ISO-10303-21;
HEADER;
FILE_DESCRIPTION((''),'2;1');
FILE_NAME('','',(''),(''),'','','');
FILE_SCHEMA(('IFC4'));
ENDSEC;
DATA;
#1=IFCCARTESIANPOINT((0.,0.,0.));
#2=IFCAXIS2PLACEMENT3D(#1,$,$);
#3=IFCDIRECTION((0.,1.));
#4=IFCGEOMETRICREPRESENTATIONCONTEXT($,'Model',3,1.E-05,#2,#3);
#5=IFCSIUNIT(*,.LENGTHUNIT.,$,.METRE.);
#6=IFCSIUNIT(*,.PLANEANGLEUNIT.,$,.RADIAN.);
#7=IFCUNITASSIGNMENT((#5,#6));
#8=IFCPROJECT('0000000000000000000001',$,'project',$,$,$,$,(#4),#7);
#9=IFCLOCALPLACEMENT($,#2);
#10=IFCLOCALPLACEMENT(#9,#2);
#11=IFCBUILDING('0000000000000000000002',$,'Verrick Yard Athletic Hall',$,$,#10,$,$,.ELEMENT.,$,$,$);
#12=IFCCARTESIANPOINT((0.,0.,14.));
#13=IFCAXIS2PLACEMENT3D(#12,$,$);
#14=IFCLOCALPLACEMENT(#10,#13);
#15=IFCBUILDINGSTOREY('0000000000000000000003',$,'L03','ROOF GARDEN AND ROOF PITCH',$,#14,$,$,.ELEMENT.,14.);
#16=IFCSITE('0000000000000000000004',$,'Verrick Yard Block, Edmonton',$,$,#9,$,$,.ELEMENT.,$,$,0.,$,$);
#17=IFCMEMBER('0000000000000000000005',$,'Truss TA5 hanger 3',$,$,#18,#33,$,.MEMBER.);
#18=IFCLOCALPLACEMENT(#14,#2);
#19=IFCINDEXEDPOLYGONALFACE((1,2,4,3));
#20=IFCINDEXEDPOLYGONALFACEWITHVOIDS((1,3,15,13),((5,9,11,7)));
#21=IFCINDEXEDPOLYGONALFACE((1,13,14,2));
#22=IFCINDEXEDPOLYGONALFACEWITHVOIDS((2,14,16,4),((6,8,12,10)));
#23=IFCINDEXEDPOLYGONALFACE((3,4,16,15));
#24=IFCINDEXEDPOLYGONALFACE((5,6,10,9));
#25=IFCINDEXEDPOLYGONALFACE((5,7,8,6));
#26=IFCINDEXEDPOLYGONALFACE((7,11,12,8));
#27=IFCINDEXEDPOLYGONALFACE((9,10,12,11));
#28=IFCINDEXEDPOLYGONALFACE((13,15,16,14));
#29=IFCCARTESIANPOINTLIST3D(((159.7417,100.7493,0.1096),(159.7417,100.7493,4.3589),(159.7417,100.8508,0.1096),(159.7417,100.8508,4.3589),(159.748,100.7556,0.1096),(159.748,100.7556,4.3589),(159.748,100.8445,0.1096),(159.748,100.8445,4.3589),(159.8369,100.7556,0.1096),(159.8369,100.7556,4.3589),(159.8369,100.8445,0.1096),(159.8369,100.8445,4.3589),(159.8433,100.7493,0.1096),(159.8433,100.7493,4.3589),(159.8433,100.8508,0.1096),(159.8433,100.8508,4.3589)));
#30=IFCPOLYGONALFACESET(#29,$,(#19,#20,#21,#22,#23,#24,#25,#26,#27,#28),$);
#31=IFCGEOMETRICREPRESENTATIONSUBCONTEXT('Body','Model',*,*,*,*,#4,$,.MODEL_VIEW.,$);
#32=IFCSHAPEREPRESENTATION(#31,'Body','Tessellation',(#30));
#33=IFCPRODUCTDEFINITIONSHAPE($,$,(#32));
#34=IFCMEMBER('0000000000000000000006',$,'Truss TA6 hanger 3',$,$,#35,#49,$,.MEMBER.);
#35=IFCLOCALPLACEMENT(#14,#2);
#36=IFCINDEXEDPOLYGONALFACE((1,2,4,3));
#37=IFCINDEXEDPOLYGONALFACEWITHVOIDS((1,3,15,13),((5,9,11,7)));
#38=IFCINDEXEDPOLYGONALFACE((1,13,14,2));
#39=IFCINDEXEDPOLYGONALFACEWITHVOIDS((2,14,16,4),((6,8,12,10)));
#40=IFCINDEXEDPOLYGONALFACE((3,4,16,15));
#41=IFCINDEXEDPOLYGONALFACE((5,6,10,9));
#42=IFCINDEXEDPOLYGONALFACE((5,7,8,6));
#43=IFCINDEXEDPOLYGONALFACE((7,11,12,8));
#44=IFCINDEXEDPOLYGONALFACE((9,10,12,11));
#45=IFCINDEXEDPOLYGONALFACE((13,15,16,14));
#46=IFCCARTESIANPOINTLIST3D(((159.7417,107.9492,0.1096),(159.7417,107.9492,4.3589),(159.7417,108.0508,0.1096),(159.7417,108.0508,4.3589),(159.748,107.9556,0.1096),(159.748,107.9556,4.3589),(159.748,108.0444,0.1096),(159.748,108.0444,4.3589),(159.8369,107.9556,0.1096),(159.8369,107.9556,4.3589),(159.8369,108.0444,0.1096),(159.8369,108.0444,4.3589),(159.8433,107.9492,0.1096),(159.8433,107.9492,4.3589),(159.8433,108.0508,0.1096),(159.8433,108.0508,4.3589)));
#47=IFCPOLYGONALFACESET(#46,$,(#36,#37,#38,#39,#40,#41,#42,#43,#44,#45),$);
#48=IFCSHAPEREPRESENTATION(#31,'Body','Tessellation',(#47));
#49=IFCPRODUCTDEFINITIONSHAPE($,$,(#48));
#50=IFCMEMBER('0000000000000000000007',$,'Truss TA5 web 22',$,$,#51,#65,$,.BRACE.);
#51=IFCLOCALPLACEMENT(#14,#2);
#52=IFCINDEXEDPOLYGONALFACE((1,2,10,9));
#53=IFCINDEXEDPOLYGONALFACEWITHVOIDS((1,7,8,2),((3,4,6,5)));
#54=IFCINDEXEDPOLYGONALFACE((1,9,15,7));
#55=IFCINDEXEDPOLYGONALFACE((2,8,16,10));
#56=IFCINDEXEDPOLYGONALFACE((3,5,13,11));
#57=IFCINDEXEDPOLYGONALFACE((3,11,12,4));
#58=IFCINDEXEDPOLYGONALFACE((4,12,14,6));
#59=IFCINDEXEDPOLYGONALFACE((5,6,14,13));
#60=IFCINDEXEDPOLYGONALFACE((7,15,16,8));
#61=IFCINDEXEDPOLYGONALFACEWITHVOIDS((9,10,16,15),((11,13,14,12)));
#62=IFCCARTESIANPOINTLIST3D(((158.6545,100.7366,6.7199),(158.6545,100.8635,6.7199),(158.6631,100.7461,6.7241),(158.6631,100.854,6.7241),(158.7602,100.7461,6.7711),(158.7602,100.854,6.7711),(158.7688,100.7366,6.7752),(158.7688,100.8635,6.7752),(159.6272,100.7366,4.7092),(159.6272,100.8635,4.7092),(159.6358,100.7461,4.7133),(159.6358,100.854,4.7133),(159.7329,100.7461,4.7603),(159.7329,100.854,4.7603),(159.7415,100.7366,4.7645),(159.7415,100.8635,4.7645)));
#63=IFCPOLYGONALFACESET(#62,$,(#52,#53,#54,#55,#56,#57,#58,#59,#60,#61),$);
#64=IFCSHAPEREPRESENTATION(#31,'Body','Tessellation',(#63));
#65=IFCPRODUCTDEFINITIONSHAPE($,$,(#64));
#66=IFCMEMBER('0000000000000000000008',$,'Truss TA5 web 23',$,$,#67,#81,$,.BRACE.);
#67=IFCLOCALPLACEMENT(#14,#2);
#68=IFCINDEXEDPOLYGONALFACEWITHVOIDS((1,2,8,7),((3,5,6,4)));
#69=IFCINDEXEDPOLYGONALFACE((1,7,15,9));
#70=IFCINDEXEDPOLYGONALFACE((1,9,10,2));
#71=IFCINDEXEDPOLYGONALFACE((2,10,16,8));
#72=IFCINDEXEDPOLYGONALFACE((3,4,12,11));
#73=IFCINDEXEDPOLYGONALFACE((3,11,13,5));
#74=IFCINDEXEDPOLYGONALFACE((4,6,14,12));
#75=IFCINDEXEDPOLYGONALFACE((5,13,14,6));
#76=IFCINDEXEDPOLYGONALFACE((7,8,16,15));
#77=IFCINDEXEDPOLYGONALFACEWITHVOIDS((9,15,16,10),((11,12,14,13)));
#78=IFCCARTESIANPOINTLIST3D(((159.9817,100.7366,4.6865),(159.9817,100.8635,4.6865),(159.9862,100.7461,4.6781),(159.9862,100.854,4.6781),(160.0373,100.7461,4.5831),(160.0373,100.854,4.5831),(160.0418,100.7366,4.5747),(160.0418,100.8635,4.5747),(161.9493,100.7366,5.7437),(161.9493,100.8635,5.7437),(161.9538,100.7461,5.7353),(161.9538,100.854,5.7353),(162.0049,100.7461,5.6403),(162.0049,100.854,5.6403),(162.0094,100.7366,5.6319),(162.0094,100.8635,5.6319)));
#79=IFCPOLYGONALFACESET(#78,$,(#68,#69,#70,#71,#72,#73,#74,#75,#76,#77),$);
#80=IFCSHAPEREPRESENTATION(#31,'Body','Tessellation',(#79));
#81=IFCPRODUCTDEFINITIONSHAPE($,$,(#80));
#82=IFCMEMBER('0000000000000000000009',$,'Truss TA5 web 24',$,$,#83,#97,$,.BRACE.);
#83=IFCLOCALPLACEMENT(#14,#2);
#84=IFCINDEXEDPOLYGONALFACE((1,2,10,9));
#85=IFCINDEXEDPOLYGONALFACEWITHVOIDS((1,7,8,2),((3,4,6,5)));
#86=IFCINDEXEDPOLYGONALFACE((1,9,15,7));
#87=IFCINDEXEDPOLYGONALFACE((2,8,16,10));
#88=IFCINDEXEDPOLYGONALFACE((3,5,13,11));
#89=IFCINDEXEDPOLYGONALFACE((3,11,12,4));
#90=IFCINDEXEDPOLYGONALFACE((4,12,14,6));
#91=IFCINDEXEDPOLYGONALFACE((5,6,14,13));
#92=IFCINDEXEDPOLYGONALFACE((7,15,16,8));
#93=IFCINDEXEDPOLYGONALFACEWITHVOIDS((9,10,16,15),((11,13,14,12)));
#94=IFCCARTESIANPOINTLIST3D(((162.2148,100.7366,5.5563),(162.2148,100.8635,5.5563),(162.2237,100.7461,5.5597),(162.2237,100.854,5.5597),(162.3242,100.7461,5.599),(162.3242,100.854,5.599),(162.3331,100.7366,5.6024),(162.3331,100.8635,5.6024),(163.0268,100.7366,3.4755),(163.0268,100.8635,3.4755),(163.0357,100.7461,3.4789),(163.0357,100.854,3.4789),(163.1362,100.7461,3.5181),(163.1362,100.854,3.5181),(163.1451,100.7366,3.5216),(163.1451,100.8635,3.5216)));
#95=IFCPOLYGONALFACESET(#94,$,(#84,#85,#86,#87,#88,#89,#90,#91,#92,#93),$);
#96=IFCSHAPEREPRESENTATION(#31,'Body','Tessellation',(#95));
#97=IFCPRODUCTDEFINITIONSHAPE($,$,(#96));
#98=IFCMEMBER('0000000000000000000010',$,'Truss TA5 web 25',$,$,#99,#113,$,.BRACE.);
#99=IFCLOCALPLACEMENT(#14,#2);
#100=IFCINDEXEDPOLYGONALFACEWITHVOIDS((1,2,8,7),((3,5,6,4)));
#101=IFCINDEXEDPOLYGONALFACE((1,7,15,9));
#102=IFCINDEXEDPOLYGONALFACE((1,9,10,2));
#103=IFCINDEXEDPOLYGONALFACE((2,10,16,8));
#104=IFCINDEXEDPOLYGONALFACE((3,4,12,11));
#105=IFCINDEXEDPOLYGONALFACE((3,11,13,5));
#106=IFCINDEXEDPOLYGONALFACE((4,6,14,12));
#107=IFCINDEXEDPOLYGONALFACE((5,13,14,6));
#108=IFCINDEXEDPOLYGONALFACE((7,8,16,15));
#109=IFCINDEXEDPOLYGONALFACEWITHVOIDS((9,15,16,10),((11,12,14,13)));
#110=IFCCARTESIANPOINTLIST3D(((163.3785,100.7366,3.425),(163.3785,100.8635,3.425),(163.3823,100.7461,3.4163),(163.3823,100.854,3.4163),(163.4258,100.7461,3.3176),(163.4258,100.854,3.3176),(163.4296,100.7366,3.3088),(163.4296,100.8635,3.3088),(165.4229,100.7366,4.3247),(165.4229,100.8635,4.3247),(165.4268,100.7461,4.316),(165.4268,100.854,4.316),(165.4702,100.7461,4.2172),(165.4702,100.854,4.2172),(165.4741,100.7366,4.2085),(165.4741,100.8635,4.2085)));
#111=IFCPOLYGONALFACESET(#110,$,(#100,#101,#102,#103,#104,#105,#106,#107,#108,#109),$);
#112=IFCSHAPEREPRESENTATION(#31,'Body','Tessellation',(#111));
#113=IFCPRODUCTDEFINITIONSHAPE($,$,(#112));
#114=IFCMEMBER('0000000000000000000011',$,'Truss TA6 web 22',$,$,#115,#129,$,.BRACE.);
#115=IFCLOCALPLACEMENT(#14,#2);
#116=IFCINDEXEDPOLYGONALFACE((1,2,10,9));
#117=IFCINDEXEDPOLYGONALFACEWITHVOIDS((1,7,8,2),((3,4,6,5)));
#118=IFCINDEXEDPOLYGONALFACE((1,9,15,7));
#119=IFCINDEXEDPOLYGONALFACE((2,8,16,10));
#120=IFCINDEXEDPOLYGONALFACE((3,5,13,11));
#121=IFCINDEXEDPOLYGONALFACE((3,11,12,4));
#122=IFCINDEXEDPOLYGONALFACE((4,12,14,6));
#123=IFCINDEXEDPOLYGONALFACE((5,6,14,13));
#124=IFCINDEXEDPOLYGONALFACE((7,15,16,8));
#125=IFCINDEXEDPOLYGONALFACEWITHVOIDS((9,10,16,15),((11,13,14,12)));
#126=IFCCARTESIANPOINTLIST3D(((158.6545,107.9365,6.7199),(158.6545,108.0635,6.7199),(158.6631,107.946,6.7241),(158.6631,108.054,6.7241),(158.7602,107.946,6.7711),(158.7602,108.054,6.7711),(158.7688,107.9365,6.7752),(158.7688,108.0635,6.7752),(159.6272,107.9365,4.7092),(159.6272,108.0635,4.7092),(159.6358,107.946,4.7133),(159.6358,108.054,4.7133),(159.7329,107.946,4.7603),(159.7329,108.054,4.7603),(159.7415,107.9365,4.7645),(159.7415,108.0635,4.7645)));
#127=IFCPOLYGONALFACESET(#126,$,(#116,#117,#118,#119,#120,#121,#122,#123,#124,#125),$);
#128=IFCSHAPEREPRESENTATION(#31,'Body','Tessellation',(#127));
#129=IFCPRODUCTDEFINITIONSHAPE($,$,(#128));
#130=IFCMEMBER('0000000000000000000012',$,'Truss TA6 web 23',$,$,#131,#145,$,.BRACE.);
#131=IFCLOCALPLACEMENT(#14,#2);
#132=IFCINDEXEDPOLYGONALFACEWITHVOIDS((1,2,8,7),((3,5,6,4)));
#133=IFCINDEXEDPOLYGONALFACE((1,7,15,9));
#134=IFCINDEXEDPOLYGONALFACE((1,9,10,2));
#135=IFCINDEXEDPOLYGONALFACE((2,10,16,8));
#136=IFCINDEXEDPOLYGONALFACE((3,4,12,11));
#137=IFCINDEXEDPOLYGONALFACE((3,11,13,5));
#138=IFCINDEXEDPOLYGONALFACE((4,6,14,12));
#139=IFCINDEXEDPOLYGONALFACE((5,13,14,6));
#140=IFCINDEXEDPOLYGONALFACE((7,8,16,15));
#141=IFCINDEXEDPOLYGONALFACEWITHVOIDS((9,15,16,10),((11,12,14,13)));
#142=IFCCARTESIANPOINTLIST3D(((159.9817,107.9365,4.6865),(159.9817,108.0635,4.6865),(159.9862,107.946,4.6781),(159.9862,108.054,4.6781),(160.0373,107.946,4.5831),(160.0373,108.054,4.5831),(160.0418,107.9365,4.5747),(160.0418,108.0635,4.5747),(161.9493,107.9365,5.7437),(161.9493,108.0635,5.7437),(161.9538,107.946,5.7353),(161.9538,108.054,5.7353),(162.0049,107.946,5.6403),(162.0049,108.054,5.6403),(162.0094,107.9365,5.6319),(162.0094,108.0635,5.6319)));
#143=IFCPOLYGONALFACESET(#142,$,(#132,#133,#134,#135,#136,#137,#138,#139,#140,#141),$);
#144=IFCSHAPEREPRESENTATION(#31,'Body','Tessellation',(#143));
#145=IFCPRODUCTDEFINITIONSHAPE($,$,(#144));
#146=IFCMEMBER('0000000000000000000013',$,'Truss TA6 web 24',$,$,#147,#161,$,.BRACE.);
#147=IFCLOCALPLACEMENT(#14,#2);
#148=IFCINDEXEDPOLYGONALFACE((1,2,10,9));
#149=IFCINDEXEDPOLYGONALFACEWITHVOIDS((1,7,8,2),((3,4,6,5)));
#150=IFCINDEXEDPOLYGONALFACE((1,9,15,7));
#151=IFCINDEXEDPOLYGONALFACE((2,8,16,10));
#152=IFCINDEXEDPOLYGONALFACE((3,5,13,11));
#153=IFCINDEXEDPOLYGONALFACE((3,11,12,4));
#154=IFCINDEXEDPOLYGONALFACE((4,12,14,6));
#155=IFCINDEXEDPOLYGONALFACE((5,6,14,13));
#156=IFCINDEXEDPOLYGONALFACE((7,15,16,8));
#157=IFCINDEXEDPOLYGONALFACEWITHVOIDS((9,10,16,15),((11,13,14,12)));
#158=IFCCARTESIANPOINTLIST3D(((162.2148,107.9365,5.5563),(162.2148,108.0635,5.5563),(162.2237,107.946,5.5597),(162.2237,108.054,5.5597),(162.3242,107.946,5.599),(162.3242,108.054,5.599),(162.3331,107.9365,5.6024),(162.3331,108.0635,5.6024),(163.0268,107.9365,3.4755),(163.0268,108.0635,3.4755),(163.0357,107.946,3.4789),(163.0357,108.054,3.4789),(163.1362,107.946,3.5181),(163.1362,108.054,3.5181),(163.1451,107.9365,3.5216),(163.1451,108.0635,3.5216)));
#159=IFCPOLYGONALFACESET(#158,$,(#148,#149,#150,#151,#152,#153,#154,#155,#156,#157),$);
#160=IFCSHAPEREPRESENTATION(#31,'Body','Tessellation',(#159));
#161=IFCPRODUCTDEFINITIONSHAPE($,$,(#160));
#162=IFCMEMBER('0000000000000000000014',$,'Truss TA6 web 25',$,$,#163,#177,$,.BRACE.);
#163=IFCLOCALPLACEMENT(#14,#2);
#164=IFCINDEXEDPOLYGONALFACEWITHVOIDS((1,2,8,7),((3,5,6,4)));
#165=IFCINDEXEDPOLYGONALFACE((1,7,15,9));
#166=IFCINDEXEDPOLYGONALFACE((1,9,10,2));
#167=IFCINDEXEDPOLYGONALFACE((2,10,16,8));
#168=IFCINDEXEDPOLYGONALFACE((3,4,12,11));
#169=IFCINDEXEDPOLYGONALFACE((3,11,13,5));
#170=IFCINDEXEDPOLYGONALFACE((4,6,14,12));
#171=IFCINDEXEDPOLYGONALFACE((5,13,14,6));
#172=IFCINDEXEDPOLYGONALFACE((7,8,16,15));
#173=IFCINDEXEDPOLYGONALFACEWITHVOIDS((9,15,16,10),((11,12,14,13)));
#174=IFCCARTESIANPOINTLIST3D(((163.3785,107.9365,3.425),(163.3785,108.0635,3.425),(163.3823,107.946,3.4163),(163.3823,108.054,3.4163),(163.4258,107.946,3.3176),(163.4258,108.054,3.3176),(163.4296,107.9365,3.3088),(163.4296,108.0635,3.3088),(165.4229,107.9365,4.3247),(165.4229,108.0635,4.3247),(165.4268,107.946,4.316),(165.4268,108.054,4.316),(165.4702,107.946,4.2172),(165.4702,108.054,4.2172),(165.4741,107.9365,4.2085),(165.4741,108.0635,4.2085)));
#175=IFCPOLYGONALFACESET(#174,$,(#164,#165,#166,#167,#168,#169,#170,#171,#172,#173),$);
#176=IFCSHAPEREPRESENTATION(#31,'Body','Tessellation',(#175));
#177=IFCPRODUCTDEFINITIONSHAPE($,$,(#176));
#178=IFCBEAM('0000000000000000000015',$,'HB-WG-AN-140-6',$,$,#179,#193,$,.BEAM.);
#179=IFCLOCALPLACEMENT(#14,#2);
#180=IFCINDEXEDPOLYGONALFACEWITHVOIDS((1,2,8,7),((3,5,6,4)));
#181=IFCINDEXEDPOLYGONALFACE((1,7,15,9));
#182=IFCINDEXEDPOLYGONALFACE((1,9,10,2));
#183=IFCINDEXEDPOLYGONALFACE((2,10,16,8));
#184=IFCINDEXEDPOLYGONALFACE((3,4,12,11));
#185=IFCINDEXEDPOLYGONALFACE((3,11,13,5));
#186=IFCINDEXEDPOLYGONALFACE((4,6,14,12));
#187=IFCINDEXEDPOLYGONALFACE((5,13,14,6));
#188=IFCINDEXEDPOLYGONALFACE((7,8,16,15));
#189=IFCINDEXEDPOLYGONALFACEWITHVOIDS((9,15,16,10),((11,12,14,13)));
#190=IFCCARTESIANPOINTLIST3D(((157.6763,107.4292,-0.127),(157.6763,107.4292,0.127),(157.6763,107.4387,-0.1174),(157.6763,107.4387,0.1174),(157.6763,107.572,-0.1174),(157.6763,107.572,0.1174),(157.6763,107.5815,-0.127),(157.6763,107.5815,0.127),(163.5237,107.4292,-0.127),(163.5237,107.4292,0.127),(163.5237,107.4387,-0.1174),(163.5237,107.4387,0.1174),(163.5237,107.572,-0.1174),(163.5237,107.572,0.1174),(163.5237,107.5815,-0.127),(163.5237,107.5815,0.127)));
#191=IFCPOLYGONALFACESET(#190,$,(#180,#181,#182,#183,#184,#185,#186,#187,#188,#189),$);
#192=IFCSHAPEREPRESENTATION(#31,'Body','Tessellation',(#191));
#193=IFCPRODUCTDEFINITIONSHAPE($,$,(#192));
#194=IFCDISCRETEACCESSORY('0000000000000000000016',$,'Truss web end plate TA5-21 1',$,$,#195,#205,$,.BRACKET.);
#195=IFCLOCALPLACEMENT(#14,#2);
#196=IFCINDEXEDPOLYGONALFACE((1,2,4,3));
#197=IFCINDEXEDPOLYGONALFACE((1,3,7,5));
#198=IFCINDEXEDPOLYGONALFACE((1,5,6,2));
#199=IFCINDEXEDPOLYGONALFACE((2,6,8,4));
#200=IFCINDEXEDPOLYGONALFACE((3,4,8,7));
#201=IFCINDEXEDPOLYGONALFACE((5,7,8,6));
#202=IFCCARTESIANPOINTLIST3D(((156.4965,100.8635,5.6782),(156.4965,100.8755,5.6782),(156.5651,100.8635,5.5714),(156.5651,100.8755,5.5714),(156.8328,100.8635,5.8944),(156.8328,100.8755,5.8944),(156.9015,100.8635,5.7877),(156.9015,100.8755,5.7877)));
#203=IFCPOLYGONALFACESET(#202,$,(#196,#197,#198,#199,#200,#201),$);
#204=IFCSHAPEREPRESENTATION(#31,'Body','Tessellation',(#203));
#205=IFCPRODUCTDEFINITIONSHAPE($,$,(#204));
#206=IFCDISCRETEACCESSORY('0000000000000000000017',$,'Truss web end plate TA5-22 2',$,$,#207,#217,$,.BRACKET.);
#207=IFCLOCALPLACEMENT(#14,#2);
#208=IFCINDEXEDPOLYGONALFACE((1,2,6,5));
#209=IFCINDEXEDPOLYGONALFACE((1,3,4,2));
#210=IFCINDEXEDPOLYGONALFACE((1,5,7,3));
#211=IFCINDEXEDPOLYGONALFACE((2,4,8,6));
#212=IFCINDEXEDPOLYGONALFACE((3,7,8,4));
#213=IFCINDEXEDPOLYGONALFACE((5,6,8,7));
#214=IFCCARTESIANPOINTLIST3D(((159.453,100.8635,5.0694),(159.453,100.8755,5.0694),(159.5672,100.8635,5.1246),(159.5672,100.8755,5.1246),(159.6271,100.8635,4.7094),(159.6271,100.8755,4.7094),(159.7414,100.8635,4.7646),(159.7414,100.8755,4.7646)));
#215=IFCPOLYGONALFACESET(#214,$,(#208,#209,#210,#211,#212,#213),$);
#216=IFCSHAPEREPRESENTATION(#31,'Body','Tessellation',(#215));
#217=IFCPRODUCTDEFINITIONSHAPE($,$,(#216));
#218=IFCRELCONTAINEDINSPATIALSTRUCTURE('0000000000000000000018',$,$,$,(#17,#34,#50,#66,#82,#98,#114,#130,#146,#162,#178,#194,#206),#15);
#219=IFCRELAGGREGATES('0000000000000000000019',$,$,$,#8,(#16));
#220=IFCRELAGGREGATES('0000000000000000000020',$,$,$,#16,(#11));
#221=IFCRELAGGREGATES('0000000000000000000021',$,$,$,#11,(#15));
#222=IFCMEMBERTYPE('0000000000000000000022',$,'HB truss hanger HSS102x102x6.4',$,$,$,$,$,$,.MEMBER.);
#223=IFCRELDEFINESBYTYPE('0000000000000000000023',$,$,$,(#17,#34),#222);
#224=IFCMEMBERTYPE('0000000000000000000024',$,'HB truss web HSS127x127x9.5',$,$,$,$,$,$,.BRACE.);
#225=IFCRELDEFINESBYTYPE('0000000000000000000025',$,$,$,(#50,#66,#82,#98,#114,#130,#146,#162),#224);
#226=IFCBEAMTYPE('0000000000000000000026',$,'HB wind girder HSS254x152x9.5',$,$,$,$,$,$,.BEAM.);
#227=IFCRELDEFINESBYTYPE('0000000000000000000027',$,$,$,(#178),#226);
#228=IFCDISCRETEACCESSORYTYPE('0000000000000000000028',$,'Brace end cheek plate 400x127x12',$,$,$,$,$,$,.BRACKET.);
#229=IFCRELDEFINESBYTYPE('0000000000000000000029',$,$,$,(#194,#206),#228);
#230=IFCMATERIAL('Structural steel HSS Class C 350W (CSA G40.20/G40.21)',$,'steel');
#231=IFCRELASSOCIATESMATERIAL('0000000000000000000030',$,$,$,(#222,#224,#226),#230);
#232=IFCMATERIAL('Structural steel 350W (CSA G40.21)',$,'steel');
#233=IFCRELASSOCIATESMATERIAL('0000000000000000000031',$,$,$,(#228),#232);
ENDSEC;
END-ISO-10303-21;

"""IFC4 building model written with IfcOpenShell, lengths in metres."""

from ifc_helpers import new_model, si_unit, direction, frame, origin, origin_2d, place, context, subcontext, project, spatial, rectangle, hollow_rectangle, extrude, material, material_profile, profile_set, type_object, element, save


model = new_model("IFC4")

# Units and contexts
model_context = context("Model", 3, precision=1e-05, world=origin(), true_north=direction((0.0, 1.0)))
body_context = subcontext(model_context, "Body", "Model", "MODEL_VIEW")
ifc_project = project(units=[si_unit("LENGTHUNIT", "METRE"), si_unit("PLANEANGLEUNIT", "RADIAN")], contexts=[model_context])

# Site, building, storey
site_placement = place(None, origin())
site = spatial("IfcSite", under=ifc_project, at=site_placement, Name="Verrick Yard Block, Edmonton", CompositionType="ELEMENT", RefElevation=0.0)
building_placement = place(site_placement, origin())
building = spatial("IfcBuilding", under=site, at=building_placement, Name="Verrick Yard Athletic Hall", CompositionType="ELEMENT")
storey_placement = place(building_placement, frame((0.0, 0.0, 14.0)))
storey = spatial("IfcBuildingStorey", under=building, at=storey_placement, Name="L03", Description="ROOF GARDEN AND ROOF PITCH", CompositionType="ELEMENT", Elevation=14.0)

# Members
ifc_material_1 = material(Name="Structural steel HSS Class C 350W (CSA G40.20/G40.21)", Category="steel")
ifc_material_profile_1 = material_profile(ifc_material_1, hollow_rectangle(XDim=0.1016, YDim=0.1016, WallThickness=0.0063, at=origin_2d()), Name="HSS102x102x6.4")
ifc_profile_set_1 = profile_set([ifc_material_profile_1], Name="Structural steel HSS Class C 350W (CSA G40.20/G40.21)")
member_type_1 = type_object("IfcMemberType", Name="HB truss hanger HSS102x102x6.4", PredefinedType="MEMBER", material=ifc_profile_set_1)
for number, where, z_axis, x_axis, name in (
    (1, (159.7925, 100.8, 4.3589), (0.0, 0.0, -1.0), (0.0, -1.0, 0.0), "Truss TA5 hanger 3"),
    (2, (159.7925, 108.0, 4.3589), (0.0, 0.0, -1.0), (0.0, -1.0, 0.0), "Truss TA6 hanger 3"),
):
    element("IfcMember", number, at=place(storey_placement, frame(where, z_axis=z_axis, x_axis=x_axis)), inside=storey, type_object=member_type_1, Name=name, PredefinedType="MEMBER", context=body_context, shape_type="SweptSolid", body=[
        extrude(hollow_rectangle(XDim=0.1016, YDim=0.1016, WallThickness=0.0063, at=origin_2d()), origin(), (0.0, 0.0, 1.0), 4.2493),
    ])
ifc_material_profile_2 = material_profile(ifc_material_1, hollow_rectangle(XDim=0.127, YDim=0.127, WallThickness=0.0095, at=origin_2d()), Name="HSS127x127x9.5")
ifc_profile_set_2 = profile_set([ifc_material_profile_2], Name="Structural steel HSS Class C 350W (CSA G40.20/G40.21)")
member_type_2 = type_object("IfcMemberType", Name="HB truss web HSS127x127x9.5", PredefinedType="BRACE", material=ifc_profile_set_2)
for number, where, z_axis, x_axis, name in (
    (3, (158.7117, 100.8, 6.7476), (0.435458, 0.0, -0.900209), (0.0, 1.0, 0.0), "Truss TA5 web 22"),
    (4, (160.0117, 100.8, 4.6306), (0.880902, 0.0, 0.473298), (0.0, 1.0, 0.0), "Truss TA5 web 23"),
    (5, (162.2739, 100.8, 5.5793), (0.363538, 0.0, -0.931579), (0.0, 1.0, 0.0), "Truss TA5 web 24"),
    (6, (163.4041, 100.8, 3.3669), (0.915297, 0.0, 0.402779), (0.0, 1.0, 0.0), "Truss TA5 web 25"),
    (7, (158.7117, 108.0, 6.7476), (0.435458, 0.0, -0.900209), (0.0, 1.0, 0.0), "Truss TA6 web 22"),
    (8, (160.0117, 108.0, 4.6306), (0.880902, 0.0, 0.473298), (0.0, 1.0, 0.0), "Truss TA6 web 23"),
    (9, (162.2739, 108.0, 5.5793), (0.363538, 0.0, -0.931579), (0.0, 1.0, 0.0), "Truss TA6 web 24"),
    (10, (163.4041, 108.0, 3.3669), (0.915297, 0.0, 0.402779), (0.0, 1.0, 0.0), "Truss TA6 web 25"),
):
    element("IfcMember", number, at=place(storey_placement, frame(where, z_axis=z_axis, x_axis=x_axis)), inside=storey, type_object=member_type_2, Name=name, PredefinedType="BRACE", context=body_context, shape_type="SweptSolid", body=[
        extrude(hollow_rectangle(XDim=0.127, YDim=0.127, WallThickness=0.0095, at=origin_2d()), origin(), (0.0, 0.0, 1.0), 2.2336),
    ])

# Beam
ifc_material_profile_3 = material_profile(ifc_material_1, hollow_rectangle(XDim=0.1523, YDim=0.2539, WallThickness=0.0095, at=origin_2d()), Name="HSS254x152x9.5")
ifc_profile_set_3 = profile_set([ifc_material_profile_3], Name="Structural steel HSS Class C 350W (CSA G40.20/G40.21)")
beam_type = type_object("IfcBeamType", Name="HB wind girder HSS254x152x9.5", PredefinedType="BEAM", material=ifc_profile_set_3)
beam_placement = place(storey_placement, frame((157.6763, 107.5054, 0.0), z_axis=(1.0, 0.0, 0.0), x_axis=(0.0, 1.0, 0.0)))
element("IfcBeam", 11, at=beam_placement, inside=storey, type_object=beam_type, Name="HB-WG-AN-140-6", PredefinedType="BEAM", context=body_context, shape_type="SweptSolid", body=[
    extrude(hollow_rectangle(XDim=0.1523, YDim=0.2539, WallThickness=0.0095, at=origin_2d()), origin(), (0.0, 0.0, 1.0), 5.8474),
])

# Discrete accessories
ifc_material_2 = material(Name="Structural steel 350W (CSA G40.21)", Category="steel")
ifc_material_profile_4 = material_profile(ifc_material_2, rectangle(XDim=0.3999, YDim=0.127, at=origin_2d()), Name="Brace end cheek plate")
ifc_profile_set_4 = profile_set([ifc_material_profile_4], Name="Structural steel 350W (CSA G40.21)")
discrete_accessory_type_1 = type_object("IfcDiscreteAccessoryType", Name="Brace end cheek plate 400x127x12", PredefinedType="BRACKET", material=ifc_profile_set_4)
for number, where, z_axis, x_axis, name in (
    (12, (156.699, 100.8635, 5.7329), (0.0, 1.0, 0.0), (0.841141, 0.0, 0.540816), "Truss web end plate TA5-21 1"),
    (13, (159.5972, 100.8635, 4.917), (0.0, 1.0, 0.0), (-0.435417, 0.0, 0.900229), "Truss web end plate TA5-22 2"),
):
    element("IfcDiscreteAccessory", number, at=place(storey_placement, frame(where, z_axis=z_axis, x_axis=x_axis)), inside=storey, type_object=discrete_accessory_type_1, Name=name, PredefinedType="BRACKET", context=body_context, shape_type="SweptSolid", body=[
        extrude(rectangle(XDim=0.3999, YDim=0.127, at=origin_2d()), origin(), (0.0, 0.0, 1.0), 0.012),
    ])

save(model, "model.ifc")
